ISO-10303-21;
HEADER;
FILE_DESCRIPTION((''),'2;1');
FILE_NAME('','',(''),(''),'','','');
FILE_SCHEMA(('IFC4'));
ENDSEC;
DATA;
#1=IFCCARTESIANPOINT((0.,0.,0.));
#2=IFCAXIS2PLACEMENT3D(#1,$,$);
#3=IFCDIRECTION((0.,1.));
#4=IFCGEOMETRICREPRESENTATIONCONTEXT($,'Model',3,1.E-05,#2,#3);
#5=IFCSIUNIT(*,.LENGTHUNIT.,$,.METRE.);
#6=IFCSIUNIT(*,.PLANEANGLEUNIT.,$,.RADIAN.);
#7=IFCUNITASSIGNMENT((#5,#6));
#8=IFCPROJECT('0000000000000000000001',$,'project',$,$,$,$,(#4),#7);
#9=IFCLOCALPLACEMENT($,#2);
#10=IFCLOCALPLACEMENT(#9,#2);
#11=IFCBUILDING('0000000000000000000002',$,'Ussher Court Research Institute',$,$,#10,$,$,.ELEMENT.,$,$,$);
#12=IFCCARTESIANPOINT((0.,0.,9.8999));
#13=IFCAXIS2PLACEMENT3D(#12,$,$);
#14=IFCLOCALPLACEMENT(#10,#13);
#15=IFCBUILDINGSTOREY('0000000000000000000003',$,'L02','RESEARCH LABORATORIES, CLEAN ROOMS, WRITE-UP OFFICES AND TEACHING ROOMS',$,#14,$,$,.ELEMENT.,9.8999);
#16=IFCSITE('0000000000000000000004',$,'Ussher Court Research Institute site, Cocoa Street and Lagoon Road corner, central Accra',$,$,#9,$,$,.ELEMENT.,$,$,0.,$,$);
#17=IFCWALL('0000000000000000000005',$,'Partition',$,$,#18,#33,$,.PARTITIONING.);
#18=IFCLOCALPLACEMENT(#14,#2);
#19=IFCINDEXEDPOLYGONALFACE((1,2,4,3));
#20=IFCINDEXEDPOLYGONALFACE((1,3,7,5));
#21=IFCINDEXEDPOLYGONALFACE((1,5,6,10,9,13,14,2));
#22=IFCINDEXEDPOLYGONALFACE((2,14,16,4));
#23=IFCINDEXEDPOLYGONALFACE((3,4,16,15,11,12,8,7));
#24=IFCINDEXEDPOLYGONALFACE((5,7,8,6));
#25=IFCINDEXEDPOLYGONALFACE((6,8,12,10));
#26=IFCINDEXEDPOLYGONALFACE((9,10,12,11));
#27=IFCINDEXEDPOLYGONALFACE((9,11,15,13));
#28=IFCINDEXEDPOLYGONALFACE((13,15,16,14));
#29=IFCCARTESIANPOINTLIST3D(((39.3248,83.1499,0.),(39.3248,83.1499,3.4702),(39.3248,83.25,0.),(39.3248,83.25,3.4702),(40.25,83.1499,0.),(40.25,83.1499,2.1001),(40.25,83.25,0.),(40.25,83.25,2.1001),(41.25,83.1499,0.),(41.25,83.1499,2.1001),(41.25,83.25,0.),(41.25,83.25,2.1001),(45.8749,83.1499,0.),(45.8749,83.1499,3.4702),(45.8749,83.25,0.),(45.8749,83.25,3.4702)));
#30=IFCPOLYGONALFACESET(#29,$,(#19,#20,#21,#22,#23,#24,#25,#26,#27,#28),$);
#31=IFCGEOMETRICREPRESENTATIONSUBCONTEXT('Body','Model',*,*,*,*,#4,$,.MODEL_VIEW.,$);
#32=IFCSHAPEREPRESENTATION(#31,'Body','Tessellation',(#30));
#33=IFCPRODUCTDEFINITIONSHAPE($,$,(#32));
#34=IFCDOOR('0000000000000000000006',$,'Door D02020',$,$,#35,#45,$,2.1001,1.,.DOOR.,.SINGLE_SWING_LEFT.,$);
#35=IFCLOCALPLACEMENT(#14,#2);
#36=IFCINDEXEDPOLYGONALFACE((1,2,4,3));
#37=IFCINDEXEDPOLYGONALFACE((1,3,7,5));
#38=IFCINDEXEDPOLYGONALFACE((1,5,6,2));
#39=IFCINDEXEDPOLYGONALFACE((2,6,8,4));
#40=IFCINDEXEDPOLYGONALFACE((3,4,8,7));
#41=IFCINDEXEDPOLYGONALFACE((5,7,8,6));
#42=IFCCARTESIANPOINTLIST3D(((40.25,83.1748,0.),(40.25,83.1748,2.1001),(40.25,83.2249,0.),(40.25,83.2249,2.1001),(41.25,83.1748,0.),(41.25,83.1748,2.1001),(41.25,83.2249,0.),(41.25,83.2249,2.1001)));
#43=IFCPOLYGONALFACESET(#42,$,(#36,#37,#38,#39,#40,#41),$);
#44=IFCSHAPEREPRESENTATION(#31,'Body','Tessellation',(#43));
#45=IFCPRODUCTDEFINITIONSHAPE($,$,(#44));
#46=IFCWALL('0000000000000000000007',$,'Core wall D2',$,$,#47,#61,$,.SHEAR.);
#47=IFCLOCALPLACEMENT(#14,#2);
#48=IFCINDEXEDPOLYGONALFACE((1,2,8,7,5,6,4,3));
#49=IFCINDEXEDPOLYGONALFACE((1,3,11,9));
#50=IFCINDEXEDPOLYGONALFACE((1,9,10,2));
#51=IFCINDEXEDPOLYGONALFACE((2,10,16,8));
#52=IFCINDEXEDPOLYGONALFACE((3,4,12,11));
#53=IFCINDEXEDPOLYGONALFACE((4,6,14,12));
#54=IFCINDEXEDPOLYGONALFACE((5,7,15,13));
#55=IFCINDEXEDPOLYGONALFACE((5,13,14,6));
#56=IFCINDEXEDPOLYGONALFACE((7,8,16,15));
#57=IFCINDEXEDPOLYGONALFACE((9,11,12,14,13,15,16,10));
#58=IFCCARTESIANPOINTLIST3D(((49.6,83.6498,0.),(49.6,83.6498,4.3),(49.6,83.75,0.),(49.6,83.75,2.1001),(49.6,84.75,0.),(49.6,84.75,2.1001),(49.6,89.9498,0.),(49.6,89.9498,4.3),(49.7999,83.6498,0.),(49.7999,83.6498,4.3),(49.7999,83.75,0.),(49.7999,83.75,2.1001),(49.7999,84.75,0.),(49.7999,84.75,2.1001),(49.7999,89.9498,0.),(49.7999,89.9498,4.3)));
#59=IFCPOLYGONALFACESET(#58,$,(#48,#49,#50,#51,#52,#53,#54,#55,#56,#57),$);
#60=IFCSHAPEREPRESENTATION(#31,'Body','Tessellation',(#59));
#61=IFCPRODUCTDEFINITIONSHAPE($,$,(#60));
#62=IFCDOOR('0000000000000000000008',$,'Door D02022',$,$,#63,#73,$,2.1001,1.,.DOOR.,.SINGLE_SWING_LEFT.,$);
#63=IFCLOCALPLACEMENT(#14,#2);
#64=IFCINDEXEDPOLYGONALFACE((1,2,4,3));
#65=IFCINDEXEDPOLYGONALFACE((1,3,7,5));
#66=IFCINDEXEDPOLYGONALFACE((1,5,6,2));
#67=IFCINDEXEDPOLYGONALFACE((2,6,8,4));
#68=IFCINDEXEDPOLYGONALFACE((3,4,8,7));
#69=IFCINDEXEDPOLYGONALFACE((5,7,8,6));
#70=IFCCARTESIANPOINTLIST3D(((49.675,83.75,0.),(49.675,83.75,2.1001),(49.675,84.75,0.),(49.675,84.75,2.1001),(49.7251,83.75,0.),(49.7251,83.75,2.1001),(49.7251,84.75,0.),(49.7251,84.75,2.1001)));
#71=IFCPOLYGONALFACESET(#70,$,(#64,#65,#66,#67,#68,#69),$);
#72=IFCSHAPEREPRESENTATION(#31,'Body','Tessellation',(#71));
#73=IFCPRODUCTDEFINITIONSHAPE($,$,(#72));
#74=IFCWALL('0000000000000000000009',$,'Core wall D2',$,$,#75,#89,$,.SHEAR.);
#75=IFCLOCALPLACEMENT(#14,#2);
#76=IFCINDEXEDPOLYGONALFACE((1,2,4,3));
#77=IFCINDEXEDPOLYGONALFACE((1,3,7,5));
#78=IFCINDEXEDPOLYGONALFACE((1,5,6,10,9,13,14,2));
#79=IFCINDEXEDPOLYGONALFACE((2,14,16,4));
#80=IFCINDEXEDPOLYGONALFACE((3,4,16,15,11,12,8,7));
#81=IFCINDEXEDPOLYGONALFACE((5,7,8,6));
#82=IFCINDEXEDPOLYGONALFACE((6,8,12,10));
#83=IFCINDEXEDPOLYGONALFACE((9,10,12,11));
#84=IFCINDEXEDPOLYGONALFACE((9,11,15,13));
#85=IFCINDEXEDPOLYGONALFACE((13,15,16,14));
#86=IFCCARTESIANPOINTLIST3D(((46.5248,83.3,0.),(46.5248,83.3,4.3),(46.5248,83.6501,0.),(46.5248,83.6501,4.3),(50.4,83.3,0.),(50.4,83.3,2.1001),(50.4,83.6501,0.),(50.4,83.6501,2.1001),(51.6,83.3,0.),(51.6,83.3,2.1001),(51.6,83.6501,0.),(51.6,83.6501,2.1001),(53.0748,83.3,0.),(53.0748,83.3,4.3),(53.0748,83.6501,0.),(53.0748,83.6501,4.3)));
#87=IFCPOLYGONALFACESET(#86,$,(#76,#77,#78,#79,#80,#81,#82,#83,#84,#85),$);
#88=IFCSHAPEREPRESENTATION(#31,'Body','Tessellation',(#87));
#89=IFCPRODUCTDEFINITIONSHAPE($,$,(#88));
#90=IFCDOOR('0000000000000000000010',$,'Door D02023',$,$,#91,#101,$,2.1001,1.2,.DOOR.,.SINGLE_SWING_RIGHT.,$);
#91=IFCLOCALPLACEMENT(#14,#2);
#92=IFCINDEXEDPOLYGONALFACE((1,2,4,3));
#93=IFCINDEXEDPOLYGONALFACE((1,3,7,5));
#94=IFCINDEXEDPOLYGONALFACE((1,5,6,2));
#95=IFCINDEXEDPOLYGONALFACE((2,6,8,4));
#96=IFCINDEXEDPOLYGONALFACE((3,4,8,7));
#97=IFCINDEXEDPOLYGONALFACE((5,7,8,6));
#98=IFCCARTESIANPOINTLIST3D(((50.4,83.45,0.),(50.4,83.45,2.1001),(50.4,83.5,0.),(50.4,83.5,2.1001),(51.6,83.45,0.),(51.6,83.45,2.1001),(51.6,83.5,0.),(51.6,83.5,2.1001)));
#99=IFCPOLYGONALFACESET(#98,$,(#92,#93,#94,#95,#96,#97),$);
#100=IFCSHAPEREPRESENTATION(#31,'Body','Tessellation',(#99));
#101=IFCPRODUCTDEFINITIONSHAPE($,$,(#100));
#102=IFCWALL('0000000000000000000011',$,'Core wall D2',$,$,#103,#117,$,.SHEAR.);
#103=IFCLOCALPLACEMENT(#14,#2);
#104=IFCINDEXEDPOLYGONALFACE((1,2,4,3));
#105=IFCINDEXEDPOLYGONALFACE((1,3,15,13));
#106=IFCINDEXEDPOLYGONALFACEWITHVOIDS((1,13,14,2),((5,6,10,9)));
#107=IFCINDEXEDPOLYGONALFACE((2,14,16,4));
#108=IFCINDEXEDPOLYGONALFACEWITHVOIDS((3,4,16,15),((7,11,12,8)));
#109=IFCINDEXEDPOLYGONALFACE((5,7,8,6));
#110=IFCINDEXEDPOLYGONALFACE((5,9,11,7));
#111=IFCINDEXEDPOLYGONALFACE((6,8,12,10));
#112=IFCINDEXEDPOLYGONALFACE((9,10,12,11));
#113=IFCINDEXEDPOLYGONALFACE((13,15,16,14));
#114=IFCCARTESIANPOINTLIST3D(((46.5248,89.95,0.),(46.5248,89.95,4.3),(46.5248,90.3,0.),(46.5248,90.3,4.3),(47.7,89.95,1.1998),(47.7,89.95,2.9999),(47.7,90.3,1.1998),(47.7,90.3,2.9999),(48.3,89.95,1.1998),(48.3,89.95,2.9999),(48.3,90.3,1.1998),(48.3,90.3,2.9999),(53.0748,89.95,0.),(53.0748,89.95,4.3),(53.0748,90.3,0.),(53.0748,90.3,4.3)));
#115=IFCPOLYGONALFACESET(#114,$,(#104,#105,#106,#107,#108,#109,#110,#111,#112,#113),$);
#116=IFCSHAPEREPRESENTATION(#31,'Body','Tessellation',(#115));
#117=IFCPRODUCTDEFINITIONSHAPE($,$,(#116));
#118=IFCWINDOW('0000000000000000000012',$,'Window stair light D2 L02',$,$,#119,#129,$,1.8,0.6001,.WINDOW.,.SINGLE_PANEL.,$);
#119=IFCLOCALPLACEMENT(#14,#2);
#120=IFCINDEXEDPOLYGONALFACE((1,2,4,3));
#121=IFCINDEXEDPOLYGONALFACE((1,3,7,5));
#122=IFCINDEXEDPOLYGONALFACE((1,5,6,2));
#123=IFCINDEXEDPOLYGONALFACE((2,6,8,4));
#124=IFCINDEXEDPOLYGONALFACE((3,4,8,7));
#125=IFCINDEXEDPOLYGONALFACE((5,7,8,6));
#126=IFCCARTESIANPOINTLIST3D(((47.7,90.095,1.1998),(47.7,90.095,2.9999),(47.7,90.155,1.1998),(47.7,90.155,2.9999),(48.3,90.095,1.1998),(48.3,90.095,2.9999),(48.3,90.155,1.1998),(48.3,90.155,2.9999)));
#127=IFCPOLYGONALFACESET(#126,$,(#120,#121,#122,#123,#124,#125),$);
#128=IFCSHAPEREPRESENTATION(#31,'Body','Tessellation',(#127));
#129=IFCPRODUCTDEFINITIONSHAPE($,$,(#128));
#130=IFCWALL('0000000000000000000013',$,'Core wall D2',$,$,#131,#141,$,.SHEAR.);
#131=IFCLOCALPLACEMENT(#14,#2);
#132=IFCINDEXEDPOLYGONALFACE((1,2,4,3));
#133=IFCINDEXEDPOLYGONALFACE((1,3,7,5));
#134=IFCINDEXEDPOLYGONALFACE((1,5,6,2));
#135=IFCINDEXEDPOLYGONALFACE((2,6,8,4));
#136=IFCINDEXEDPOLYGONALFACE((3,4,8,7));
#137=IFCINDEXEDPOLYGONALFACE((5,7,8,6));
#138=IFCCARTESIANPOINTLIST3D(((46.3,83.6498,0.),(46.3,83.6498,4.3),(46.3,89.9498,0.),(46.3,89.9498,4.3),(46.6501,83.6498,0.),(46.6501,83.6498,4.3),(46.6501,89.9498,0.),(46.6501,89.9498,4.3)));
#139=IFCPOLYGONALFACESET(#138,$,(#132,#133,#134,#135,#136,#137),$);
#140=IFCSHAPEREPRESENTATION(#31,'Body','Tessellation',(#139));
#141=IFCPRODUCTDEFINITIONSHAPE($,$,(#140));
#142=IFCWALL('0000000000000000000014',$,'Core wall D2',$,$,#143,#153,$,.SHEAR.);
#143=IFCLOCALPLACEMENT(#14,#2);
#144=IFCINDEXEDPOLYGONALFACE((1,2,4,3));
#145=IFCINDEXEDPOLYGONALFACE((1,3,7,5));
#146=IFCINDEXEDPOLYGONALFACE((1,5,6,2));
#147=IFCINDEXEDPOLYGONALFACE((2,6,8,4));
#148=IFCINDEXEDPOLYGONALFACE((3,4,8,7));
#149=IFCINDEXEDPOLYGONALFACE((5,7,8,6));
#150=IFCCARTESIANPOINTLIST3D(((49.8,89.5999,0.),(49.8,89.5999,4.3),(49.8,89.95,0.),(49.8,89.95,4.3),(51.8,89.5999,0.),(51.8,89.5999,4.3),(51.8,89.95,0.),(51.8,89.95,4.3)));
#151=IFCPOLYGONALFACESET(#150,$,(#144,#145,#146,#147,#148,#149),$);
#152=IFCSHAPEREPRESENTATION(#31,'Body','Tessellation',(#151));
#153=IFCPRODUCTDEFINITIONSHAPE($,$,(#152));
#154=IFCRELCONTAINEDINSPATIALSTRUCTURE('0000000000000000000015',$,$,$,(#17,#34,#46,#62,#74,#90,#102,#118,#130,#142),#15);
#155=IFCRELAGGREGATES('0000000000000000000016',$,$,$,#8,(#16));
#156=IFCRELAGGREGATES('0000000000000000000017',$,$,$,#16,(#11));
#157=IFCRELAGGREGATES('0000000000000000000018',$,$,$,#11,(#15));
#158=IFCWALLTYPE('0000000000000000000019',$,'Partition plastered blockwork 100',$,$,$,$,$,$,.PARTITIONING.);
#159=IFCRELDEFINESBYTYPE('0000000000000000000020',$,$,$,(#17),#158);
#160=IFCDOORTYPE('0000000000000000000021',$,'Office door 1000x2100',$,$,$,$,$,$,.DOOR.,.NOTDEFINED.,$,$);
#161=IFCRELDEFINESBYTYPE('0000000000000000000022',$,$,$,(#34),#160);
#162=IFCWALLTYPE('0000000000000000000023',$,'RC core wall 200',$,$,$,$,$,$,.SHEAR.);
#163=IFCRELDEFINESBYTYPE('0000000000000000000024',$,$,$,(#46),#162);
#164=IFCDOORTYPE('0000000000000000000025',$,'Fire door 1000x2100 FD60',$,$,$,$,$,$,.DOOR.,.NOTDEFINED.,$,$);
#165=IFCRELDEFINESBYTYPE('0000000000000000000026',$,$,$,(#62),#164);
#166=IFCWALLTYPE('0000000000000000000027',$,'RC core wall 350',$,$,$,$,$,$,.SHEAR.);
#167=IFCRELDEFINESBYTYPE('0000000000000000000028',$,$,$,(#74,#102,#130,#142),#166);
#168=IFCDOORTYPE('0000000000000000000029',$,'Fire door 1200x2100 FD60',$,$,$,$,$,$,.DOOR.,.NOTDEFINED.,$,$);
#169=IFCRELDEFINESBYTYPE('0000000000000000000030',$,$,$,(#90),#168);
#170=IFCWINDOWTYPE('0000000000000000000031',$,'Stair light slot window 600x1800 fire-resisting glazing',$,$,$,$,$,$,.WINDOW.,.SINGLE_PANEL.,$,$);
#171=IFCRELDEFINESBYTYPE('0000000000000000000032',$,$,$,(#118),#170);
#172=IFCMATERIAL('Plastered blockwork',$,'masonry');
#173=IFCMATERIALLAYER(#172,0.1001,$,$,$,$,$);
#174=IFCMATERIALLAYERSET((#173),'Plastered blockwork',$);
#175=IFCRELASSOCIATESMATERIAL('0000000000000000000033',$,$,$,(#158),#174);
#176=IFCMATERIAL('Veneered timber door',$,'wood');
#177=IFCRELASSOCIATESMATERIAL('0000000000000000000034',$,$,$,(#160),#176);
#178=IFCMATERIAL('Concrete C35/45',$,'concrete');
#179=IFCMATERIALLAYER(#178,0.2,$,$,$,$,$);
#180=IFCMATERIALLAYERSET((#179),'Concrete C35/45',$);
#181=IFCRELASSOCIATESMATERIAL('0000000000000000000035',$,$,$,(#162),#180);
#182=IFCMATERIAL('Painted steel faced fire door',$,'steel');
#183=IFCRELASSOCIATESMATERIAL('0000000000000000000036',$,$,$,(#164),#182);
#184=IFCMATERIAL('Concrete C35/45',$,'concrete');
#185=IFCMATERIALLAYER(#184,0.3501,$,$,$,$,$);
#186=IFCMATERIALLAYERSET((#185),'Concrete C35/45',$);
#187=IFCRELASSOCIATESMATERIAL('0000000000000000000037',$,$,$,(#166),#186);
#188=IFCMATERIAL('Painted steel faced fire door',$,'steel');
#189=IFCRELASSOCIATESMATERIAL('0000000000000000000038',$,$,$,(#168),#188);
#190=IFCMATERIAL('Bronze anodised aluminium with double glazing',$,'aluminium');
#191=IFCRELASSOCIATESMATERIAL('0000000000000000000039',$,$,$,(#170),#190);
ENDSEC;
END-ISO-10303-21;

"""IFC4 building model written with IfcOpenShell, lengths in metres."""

from ifc_helpers import new_model, si_unit, direction, frame, frame_2d, origin, place, context, subcontext, project, spatial, rectangle, extrude, material, layer, layer_set, type_object, element, fill, save


model = new_model("IFC4")

# Units and contexts
model_context = context("Model", 3, precision=1e-05, world=origin(), true_north=direction((0.0, 1.0)))
body_context = subcontext(model_context, "Body", "Model", "MODEL_VIEW")
ifc_project = project(units=[si_unit("LENGTHUNIT", "METRE"), si_unit("PLANEANGLEUNIT", "RADIAN")], contexts=[model_context])

# Site, building, storey
site_placement = place(None, origin())
site = spatial("IfcSite", under=ifc_project, at=site_placement, Name="Ussher Court Research Institute site, Cocoa Street and Lagoon Road corner, central Accra", CompositionType="ELEMENT", RefElevation=0.0)
building_placement = place(site_placement, origin())
building = spatial("IfcBuilding", under=site, at=building_placement, Name="Ussher Court Research Institute", CompositionType="ELEMENT")
storey_placement = place(building_placement, frame((0.0, 0.0, 9.8999)))
storey = spatial("IfcBuildingStorey", under=building, at=storey_placement, Name="L02", Description="RESEARCH LABORATORIES, CLEAN ROOMS, WRITE-UP OFFICES AND TEACHING ROOMS", CompositionType="ELEMENT", Elevation=9.8999)

# Walls, openings, doors
ifc_material_1 = material(Name="Plastered blockwork", Category="masonry")
ifc_layer_1 = layer(ifc_material_1, 0.1001)
ifc_layer_set_1 = layer_set([ifc_layer_1], Name="Plastered blockwork")
wall_type_1 = type_object("IfcWallType", Name="Partition plastered blockwork 100", PredefinedType="PARTITIONING", material=ifc_layer_set_1)
ifc_material_2 = material(Name="Veneered timber door", Category="wood")
door_type_1 = type_object("IfcDoorType", Name="Office door 1000x2100", OperationType="NOTDEFINED", PredefinedType="DOOR", material=ifc_material_2)
wall_1_placement = place(storey_placement, frame((39.325, 83.2, 0.0), z_axis=(0.0, 0.0, 1.0), x_axis=(1.0, 0.0, 0.0)))
wall_1 = element("IfcWall", 1, at=wall_1_placement, inside=storey, type_object=wall_type_1, Name="Partition", PredefinedType="PARTITIONING", context=body_context, shape_type="SweptSolid", body=[
    extrude(rectangle(XDim=6.55, YDim=0.1001, at=frame_2d((3.2749, 0.0))), origin(), (0.0, 0.0, 1.0), 3.4702),
])
opening_1_placement = place(wall_1_placement, frame((0.925, 0.0, 0.0)))
opening_1 = element("IfcOpeningElement", 2, at=opening_1_placement, cuts=wall_1, PredefinedType="OPENING", context=body_context, shape_type="SweptSolid", body=[
    extrude(rectangle(XDim=1.0, YDim=2.1001, at=frame_2d((0.5, 1.05))), frame((0.0, 0.0601, 0.0), z_axis=(0.0, -1.0, 0.0), x_axis=(1.0, 0.0, 0.0)), (0.0, 0.0, 1.0), 0.1201),
])
door_1_placement = place(opening_1_placement, origin())
door_1 = element("IfcDoor", 3, at=door_1_placement, inside=storey, type_object=door_type_1, Name="Door D02020", OperationType="SINGLE_SWING_LEFT", OverallHeight=2.1001, OverallWidth=1.0, PredefinedType="DOOR", context=body_context, shape_type="SweptSolid", body=[
    extrude(rectangle(XDim=1.0, YDim=2.1001, at=frame_2d((0.5, 1.05))), frame((0.0, 0.0249, 0.0), z_axis=(0.0, -1.0, 0.0), x_axis=(1.0, 0.0, 0.0)), (0.0, 0.0, 1.0), 0.05),
])
fill(opening_1, door_1)
ifc_material_3 = material(Name="Concrete C35/45", Category="concrete")
ifc_layer_2 = layer(ifc_material_3, 0.2)
ifc_layer_set_2 = layer_set([ifc_layer_2], Name="Concrete C35/45")
wall_type_2 = type_object("IfcWallType", Name="RC core wall 200", PredefinedType="SHEAR", material=ifc_layer_set_2)
wall_2_placement = place(storey_placement, frame((49.7, 83.6499, 0.0), z_axis=(0.0, 0.0, 1.0), x_axis=(0.0, 1.0, 0.0)))
wall_2 = element("IfcWall", 4, at=wall_2_placement, inside=storey, type_object=wall_type_2, Name="Core wall D2", PredefinedType="SHEAR", context=body_context, shape_type="SweptSolid", body=[
    extrude(rectangle(XDim=6.3, YDim=0.2, at=frame_2d((3.1499, 0.0))), origin(), (0.0, 0.0, 1.0), 4.3),
])
opening_2_placement = place(wall_2_placement, frame((0.1001, 0.0, 0.0)))
opening_2 = element("IfcOpeningElement", 5, at=opening_2_placement, cuts=wall_2, PredefinedType="OPENING", context=body_context, shape_type="SweptSolid", body=[
    extrude(rectangle(XDim=1.0, YDim=2.1001, at=frame_2d((0.5, 1.05))), frame((0.0, 0.1099, 0.0), z_axis=(0.0, -1.0, 0.0), x_axis=(1.0, 0.0, 0.0)), (0.0, 0.0, 1.0), 0.22),
])
ifc_material_4 = material(Name="Painted steel faced fire door", Category="steel")
door_type_2 = type_object("IfcDoorType", Name="Fire door 1000x2100 FD60", OperationType="NOTDEFINED", PredefinedType="DOOR", material=ifc_material_4)
door_2_placement = place(opening_2_placement, origin())
door_2 = element("IfcDoor", 6, at=door_2_placement, inside=storey, type_object=door_type_2, Name="Door D02022", OperationType="SINGLE_SWING_LEFT", OverallHeight=2.1001, OverallWidth=1.0, PredefinedType="DOOR", context=body_context, shape_type="SweptSolid", body=[
    extrude(rectangle(XDim=1.0, YDim=2.1001, at=frame_2d((0.5, 1.05))), frame((0.0, 0.0249, 0.0), z_axis=(0.0, -1.0, 0.0), x_axis=(1.0, 0.0, 0.0)), (0.0, 0.0, 1.0), 0.05),
])
fill(opening_2, door_2)
ifc_material_5 = material(Name="Concrete C35/45", Category="concrete")
ifc_layer_3 = layer(ifc_material_5, 0.3501)
ifc_layer_set_3 = layer_set([ifc_layer_3], Name="Concrete C35/45")
wall_type_3 = type_object("IfcWallType", Name="RC core wall 350", PredefinedType="SHEAR", material=ifc_layer_set_3)
wall_3_placement = place(storey_placement, frame((46.5249, 83.4751, 0.0), z_axis=(0.0, 0.0, 1.0), x_axis=(1.0, 0.0, 0.0)))
wall_3 = element("IfcWall", 7, at=wall_3_placement, inside=storey, type_object=wall_type_3, Name="Core wall D2", PredefinedType="SHEAR", context=body_context, shape_type="SweptSolid", body=[
    extrude(rectangle(XDim=6.55, YDim=0.3501, at=frame_2d((3.2749, 0.0))), origin(), (0.0, 0.0, 1.0), 4.3),
])
opening_3_placement = place(wall_3_placement, frame((3.875, 0.0, 0.0)))
opening_3 = element("IfcOpeningElement", 8, at=opening_3_placement, cuts=wall_3, PredefinedType="OPENING", context=body_context, shape_type="SweptSolid", body=[
    extrude(rectangle(XDim=1.2, YDim=2.1001, at=frame_2d((0.6001, 1.05))), frame((0.0, 0.1851, 0.0), z_axis=(0.0, -1.0, 0.0), x_axis=(1.0, 0.0, 0.0)), (0.0, 0.0, 1.0), 0.3701),
])
ifc_material_6 = material(Name="Painted steel faced fire door", Category="steel")
door_type_3 = type_object("IfcDoorType", Name="Fire door 1200x2100 FD60", OperationType="NOTDEFINED", PredefinedType="DOOR", material=ifc_material_6)
door_3_placement = place(opening_3_placement, origin())
door_3 = element("IfcDoor", 9, at=door_3_placement, inside=storey, type_object=door_type_3, Name="Door D02023", OperationType="SINGLE_SWING_RIGHT", OverallHeight=2.1001, OverallWidth=1.2, PredefinedType="DOOR", context=body_context, shape_type="SweptSolid", body=[
    extrude(rectangle(XDim=1.2, YDim=2.1001, at=frame_2d((0.6001, 1.05))), frame((0.0, 0.0249, 0.0), z_axis=(0.0, -1.0, 0.0), x_axis=(1.0, 0.0, 0.0)), (0.0, 0.0, 1.0), 0.05),
])
fill(opening_3, door_3)

# Wall, opening, window
wall_4_placement = place(storey_placement, frame((46.5249, 90.125, 0.0), z_axis=(0.0, 0.0, 1.0), x_axis=(1.0, 0.0, 0.0)))
wall_4 = element("IfcWall", 10, at=wall_4_placement, inside=storey, type_object=wall_type_3, Name="Core wall D2", PredefinedType="SHEAR", context=body_context, shape_type="SweptSolid", body=[
    extrude(rectangle(XDim=6.55, YDim=0.3501, at=frame_2d((3.2749, 0.0))), origin(), (0.0, 0.0, 1.0), 4.3),
])
opening_4_placement = place(wall_4_placement, frame((1.175, 0.0, 1.2)))
opening_4 = element("IfcOpeningElement", 11, at=opening_4_placement, cuts=wall_4, PredefinedType="OPENING", context=body_context, shape_type="SweptSolid", body=[
    extrude(rectangle(XDim=0.6001, YDim=1.8, at=frame_2d((0.3, 0.8999))), frame((0.0, 0.1851, 0.0), z_axis=(0.0, -1.0, 0.0), x_axis=(1.0, 0.0, 0.0)), (0.0, 0.0, 1.0), 0.3701),
])
ifc_material_7 = material(Name="Bronze anodised aluminium with double glazing", Category="aluminium")
window_type = type_object("IfcWindowType", Name="Stair light slot window 600x1800 fire-resisting glazing", PartitioningType="SINGLE_PANEL", PredefinedType="WINDOW", material=ifc_material_7)
window_placement = place(opening_4_placement, origin())
window = element("IfcWindow", 12, at=window_placement, inside=storey, type_object=window_type, Name="Window stair light D2 L02", OverallHeight=1.8, OverallWidth=0.6001, PartitioningType="SINGLE_PANEL", PredefinedType="WINDOW", context=body_context, shape_type="SweptSolid", body=[
    extrude(rectangle(XDim=0.6001, YDim=1.8, at=frame_2d((0.3, 0.8999))), frame((0.0, 0.03, 0.0), z_axis=(0.0, -1.0, 0.0), x_axis=(1.0, 0.0, 0.0)), (0.0, 0.0, 1.0), 0.0601),
])
fill(opening_4, window)

# Walls
wall_5_placement = place(storey_placement, frame((46.4751, 83.6499, 0.0), z_axis=(0.0, 0.0, 1.0), x_axis=(0.0, 1.0, 0.0)))
element("IfcWall", 13, at=wall_5_placement, inside=storey, type_object=wall_type_3, Name="Core wall D2", PredefinedType="SHEAR", context=body_context, shape_type="SweptSolid", body=[
    extrude(rectangle(XDim=6.3, YDim=0.3501, at=frame_2d((3.1499, 0.0))), origin(), (0.0, 0.0, 1.0), 4.3),
])
wall_6_placement = place(storey_placement, frame((49.8, 89.7749, 0.0), z_axis=(0.0, 0.0, 1.0), x_axis=(1.0, 0.0, 0.0)))
element("IfcWall", 14, at=wall_6_placement, inside=storey, type_object=wall_type_3, Name="Core wall D2", PredefinedType="SHEAR", context=body_context, shape_type="SweptSolid", body=[
    extrude(rectangle(XDim=2.0, YDim=0.3501, at=frame_2d((1.0, 0.0))), origin(), (0.0, 0.0, 1.0), 4.3),
])

save(model, "model.ifc")
